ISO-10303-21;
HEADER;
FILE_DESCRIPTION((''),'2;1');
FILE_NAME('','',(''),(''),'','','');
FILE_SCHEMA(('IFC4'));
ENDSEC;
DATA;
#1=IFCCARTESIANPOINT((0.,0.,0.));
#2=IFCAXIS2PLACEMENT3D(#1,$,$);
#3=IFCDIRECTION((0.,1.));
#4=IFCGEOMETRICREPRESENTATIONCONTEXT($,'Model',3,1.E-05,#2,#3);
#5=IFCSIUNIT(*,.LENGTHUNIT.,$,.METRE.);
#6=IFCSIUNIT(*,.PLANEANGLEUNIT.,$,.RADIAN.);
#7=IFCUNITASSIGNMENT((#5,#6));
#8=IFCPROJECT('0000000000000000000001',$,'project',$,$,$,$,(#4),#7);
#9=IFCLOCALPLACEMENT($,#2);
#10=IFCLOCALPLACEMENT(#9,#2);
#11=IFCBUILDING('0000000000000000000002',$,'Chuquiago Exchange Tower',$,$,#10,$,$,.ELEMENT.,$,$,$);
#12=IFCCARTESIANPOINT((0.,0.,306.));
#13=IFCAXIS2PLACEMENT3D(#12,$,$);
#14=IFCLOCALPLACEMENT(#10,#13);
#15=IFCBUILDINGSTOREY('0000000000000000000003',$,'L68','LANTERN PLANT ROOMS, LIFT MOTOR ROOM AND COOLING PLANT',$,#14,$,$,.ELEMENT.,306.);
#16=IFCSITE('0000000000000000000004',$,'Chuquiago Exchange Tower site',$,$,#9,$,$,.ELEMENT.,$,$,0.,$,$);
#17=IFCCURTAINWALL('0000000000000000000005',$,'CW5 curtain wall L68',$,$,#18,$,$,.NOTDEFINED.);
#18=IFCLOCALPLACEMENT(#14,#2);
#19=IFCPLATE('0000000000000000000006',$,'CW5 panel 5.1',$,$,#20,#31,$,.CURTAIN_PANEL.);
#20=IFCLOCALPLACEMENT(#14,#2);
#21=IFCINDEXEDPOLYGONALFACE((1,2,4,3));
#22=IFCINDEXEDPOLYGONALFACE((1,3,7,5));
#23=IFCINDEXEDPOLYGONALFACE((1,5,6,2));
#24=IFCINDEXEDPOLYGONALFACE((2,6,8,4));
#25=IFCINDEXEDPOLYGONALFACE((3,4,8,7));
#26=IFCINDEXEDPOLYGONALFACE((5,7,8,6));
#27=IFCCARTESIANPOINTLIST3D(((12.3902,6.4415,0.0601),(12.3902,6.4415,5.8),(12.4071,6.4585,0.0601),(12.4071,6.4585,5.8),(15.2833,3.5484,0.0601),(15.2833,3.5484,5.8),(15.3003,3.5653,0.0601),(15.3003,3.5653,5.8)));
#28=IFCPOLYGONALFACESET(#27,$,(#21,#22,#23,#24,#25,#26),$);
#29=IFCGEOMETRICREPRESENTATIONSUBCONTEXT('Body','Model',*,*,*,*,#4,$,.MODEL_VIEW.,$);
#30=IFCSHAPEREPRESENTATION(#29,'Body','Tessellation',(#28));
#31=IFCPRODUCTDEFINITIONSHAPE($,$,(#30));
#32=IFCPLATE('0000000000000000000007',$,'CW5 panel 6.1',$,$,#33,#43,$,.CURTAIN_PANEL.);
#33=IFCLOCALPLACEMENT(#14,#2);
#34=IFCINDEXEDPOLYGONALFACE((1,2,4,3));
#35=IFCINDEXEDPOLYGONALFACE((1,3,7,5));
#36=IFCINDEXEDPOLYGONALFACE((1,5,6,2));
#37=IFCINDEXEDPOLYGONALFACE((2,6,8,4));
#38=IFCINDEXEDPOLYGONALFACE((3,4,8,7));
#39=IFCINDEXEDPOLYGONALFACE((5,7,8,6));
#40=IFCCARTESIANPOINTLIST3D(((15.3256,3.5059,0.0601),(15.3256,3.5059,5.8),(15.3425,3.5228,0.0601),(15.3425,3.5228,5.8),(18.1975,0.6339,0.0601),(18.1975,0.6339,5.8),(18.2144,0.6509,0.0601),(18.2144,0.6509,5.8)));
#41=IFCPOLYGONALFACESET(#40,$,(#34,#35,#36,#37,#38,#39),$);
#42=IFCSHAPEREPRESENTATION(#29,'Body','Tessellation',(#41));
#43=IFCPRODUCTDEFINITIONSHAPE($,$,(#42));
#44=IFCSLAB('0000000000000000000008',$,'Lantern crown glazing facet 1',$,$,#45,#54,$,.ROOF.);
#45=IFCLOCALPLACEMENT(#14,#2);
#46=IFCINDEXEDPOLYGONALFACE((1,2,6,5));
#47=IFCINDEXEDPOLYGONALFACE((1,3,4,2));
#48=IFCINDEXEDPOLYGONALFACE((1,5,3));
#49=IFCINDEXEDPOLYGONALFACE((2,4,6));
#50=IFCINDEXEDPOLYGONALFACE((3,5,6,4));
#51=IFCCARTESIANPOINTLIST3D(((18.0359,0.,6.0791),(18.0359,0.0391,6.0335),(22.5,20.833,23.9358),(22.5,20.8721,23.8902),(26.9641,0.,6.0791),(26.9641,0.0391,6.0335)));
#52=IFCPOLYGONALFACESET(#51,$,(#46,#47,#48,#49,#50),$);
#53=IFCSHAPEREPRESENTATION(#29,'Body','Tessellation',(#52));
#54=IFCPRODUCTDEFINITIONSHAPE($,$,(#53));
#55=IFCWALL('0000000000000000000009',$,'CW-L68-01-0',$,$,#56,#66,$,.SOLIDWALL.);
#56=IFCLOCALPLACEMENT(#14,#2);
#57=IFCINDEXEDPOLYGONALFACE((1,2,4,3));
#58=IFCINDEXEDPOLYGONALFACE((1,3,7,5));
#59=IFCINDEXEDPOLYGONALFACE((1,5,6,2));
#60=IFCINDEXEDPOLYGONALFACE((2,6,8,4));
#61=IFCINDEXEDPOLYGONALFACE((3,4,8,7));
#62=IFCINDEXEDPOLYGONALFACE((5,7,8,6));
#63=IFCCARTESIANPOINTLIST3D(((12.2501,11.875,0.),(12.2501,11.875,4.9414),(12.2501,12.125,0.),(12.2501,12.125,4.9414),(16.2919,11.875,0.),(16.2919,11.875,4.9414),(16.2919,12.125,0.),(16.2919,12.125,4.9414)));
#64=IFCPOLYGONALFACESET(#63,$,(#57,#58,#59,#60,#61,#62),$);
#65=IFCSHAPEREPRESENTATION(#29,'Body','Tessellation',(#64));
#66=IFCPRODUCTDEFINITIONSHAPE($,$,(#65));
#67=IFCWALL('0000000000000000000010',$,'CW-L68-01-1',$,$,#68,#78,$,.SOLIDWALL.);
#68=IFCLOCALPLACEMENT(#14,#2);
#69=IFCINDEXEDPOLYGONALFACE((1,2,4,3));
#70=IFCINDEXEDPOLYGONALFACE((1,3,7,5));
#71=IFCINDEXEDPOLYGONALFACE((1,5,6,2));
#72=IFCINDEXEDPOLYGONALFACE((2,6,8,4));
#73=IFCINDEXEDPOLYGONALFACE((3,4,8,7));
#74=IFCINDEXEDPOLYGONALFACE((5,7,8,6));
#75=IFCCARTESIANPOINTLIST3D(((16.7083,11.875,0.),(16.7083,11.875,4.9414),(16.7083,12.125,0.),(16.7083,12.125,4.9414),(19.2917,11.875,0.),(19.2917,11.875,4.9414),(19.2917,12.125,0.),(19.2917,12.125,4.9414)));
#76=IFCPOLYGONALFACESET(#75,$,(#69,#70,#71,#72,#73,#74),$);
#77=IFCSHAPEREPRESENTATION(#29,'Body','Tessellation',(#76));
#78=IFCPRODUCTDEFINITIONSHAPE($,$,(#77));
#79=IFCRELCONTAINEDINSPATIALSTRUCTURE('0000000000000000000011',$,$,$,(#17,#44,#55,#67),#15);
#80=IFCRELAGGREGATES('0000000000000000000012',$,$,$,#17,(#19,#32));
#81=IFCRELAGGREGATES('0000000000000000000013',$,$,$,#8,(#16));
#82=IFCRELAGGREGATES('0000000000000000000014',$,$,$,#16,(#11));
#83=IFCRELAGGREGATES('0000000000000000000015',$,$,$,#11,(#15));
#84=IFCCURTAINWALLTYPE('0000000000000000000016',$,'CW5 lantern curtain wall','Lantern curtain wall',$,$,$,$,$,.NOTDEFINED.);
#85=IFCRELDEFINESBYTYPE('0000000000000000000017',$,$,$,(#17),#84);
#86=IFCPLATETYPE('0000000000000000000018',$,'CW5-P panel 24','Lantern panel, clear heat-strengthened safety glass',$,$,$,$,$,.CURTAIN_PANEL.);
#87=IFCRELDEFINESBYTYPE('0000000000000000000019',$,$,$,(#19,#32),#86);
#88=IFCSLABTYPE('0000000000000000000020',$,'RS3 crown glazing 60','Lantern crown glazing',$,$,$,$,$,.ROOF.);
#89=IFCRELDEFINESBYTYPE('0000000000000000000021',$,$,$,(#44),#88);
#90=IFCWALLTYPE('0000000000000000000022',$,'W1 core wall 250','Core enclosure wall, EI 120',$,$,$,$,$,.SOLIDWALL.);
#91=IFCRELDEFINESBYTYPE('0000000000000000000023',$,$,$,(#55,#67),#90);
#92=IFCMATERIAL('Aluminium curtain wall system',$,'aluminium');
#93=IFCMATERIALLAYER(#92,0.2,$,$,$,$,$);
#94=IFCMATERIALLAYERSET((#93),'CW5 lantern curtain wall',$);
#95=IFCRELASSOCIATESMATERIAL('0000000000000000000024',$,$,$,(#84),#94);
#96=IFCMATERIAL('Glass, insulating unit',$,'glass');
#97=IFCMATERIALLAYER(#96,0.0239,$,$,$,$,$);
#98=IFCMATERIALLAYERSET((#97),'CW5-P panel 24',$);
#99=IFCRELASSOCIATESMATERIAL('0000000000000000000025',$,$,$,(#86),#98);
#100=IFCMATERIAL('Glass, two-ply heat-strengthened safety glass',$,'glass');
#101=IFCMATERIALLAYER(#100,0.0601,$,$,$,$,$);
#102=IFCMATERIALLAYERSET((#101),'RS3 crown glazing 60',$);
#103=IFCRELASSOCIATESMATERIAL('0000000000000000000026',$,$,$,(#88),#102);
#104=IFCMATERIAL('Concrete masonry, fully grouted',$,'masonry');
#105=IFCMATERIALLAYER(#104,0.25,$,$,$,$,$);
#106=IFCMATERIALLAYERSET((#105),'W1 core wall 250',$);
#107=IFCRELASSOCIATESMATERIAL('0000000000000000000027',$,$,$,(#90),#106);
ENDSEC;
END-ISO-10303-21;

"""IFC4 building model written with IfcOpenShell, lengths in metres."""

from ifc_helpers import new_model, si_unit, direction, frame, frame_2d, origin, origin_2d, place, context, subcontext, project, spatial, polyline, rectangle, outline, extrude, material, layer, layer_set, type_object, element, aggregate, save


model = new_model("IFC4")

# Units and contexts
model_context = context("Model", 3, precision=1e-05, world=origin(), true_north=direction((0.0, 1.0)))
body_context = subcontext(model_context, "Body", "Model", "MODEL_VIEW")
ifc_project = project(units=[si_unit("LENGTHUNIT", "METRE"), si_unit("PLANEANGLEUNIT", "RADIAN")], contexts=[model_context])

# Site, building, storey
site_placement = place(None, origin())
site = spatial("IfcSite", under=ifc_project, at=site_placement, Name="Chuquiago Exchange Tower site", CompositionType="ELEMENT", RefElevation=0.0)
building_placement = place(site_placement, origin())
building = spatial("IfcBuilding", under=site, at=building_placement, Name="Chuquiago Exchange Tower", CompositionType="ELEMENT")
storey_placement = place(building_placement, frame((0.0, 0.0, 306.0)))
storey = spatial("IfcBuildingStorey", under=building, at=storey_placement, Name="L68", Description="LANTERN PLANT ROOMS, LIFT MOTOR ROOM AND COOLING PLANT", CompositionType="ELEMENT", Elevation=306.0)

# Shared definitions
ifc_material_1 = material(Name="Aluminium curtain wall system", Category="aluminium")
ifc_layer_1 = layer(ifc_material_1, 0.2)
ifc_layer_set_1 = layer_set([ifc_layer_1], Name="CW5 lantern curtain wall")
curtain_wall_type = type_object("IfcCurtainWallType", Name="CW5 lantern curtain wall", Description="Lantern curtain wall", PredefinedType="NOTDEFINED", material=ifc_layer_set_1)

# Curtain wall
curtain_wall_1_placement = place(storey_placement, origin())
curtain_wall_1 = element("IfcCurtainWall", 1, at=curtain_wall_1_placement, inside=storey, type_object=curtain_wall_type, Name="CW5 curtain wall L68", PredefinedType="NOTDEFINED")

# Plates
ifc_material_2 = material(Name="Glass, insulating unit", Category="glass")
ifc_layer_2 = layer(ifc_material_2, 0.0239)
ifc_layer_set_2 = layer_set([ifc_layer_2], Name="CW5-P panel 24")
plate_type = type_object("IfcPlateType", Name="CW5-P panel 24", Description="Lantern panel, clear heat-strengthened safety glass", PredefinedType="CURTAIN_PANEL", material=ifc_layer_set_2)
plate_1_placement = place(storey_placement, frame((13.8452, 5.0034, 0.0601), z_axis=(0.0, 0.0, 1.0), x_axis=(0.707105, -0.707109, 0.0)))
plate_1 = element("IfcPlate", 2, at=plate_1_placement, type_object=plate_type, Name="CW5 panel 5.1", PredefinedType="CURTAIN_PANEL", context=body_context, shape_type="SweptSolid", body=[
    extrude(rectangle(XDim=4.0916, YDim=0.0239, at=origin_2d()), origin(), (0.0, 0.0, 1.0), 5.74),
])
plate_2_placement = place(storey_placement, frame((16.77, 2.0784, 0.0601), z_axis=(0.0, 0.0, 1.0), x_axis=(0.707105, -0.707109, 0.0)))
plate_2 = element("IfcPlate", 3, at=plate_2_placement, type_object=plate_type, Name="CW5 panel 6.1", PredefinedType="CURTAIN_PANEL", context=body_context, shape_type="SweptSolid", body=[
    extrude(rectangle(XDim=4.0615, YDim=0.0239, at=origin_2d()), origin(), (0.0, 0.0, 1.0), 5.74),
])
aggregate(curtain_wall_1, [plate_1, plate_2])

# Slab
ifc_material_3 = material(Name="Glass, two-ply heat-strengthened safety glass", Category="glass")
ifc_layer_3 = layer(ifc_material_3, 0.0601)
ifc_layer_set_3 = layer_set([ifc_layer_3], Name="RS3 crown glazing 60")
slab_type = type_object("IfcSlabType", Name="RS3 crown glazing 60", Description="Lantern crown glazing", PredefinedType="ROOF", material=ifc_layer_set_3)
slab_placement = place(storey_placement, frame((18.0359, 0.0, 6.0791), z_axis=(0.0, -0.650788, 0.75926), x_axis=(1.0, 0.0, 0.0)))
element("IfcSlab", 4, at=slab_placement, inside=storey, type_object=slab_type, Name="Lantern crown glazing facet 1", PredefinedType="ROOF", context=body_context, shape_type="SweptSolid", body=[
    extrude(outline(polyline([(0.0, 0.0), (8.9282, 0.0), (4.4641, 27.4386), (0.0, 0.0)])), origin(), (0.0, 0.0, -1.0), 0.0601),
])

# Walls
ifc_material_4 = material(Name="Concrete masonry, fully grouted", Category="masonry")
ifc_layer_4 = layer(ifc_material_4, 0.25)
ifc_layer_set_4 = layer_set([ifc_layer_4], Name="W1 core wall 250")
wall_type = type_object("IfcWallType", Name="W1 core wall 250", Description="Core enclosure wall, EI 120", PredefinedType="SOLIDWALL", material=ifc_layer_set_4)
wall_1_placement = place(storey_placement, frame((12.25, 12.0, 0.0), z_axis=(0.0, 0.0, 1.0), x_axis=(1.0, 0.0, 0.0)))
element("IfcWall", 5, at=wall_1_placement, inside=storey, type_object=wall_type, Name="CW-L68-01-0", PredefinedType="SOLIDWALL", context=body_context, shape_type="SweptSolid", body=[
    extrude(rectangle(XDim=4.0417, YDim=0.25, at=frame_2d((2.021, 0.0))), origin(), (0.0, 0.0, 1.0), 4.9414),
])
wall_2_placement = place(storey_placement, frame((16.7083, 12.0, 0.0), z_axis=(0.0, 0.0, 1.0), x_axis=(1.0, 0.0, 0.0)))
element("IfcWall", 6, at=wall_2_placement, inside=storey, type_object=wall_type, Name="CW-L68-01-1", PredefinedType="SOLIDWALL", context=body_context, shape_type="SweptSolid", body=[
    extrude(rectangle(XDim=2.5835, YDim=0.25, at=frame_2d((1.2917, 0.0))), origin(), (0.0, 0.0, 1.0), 4.9414),
])

save(model, "model.ifc")
